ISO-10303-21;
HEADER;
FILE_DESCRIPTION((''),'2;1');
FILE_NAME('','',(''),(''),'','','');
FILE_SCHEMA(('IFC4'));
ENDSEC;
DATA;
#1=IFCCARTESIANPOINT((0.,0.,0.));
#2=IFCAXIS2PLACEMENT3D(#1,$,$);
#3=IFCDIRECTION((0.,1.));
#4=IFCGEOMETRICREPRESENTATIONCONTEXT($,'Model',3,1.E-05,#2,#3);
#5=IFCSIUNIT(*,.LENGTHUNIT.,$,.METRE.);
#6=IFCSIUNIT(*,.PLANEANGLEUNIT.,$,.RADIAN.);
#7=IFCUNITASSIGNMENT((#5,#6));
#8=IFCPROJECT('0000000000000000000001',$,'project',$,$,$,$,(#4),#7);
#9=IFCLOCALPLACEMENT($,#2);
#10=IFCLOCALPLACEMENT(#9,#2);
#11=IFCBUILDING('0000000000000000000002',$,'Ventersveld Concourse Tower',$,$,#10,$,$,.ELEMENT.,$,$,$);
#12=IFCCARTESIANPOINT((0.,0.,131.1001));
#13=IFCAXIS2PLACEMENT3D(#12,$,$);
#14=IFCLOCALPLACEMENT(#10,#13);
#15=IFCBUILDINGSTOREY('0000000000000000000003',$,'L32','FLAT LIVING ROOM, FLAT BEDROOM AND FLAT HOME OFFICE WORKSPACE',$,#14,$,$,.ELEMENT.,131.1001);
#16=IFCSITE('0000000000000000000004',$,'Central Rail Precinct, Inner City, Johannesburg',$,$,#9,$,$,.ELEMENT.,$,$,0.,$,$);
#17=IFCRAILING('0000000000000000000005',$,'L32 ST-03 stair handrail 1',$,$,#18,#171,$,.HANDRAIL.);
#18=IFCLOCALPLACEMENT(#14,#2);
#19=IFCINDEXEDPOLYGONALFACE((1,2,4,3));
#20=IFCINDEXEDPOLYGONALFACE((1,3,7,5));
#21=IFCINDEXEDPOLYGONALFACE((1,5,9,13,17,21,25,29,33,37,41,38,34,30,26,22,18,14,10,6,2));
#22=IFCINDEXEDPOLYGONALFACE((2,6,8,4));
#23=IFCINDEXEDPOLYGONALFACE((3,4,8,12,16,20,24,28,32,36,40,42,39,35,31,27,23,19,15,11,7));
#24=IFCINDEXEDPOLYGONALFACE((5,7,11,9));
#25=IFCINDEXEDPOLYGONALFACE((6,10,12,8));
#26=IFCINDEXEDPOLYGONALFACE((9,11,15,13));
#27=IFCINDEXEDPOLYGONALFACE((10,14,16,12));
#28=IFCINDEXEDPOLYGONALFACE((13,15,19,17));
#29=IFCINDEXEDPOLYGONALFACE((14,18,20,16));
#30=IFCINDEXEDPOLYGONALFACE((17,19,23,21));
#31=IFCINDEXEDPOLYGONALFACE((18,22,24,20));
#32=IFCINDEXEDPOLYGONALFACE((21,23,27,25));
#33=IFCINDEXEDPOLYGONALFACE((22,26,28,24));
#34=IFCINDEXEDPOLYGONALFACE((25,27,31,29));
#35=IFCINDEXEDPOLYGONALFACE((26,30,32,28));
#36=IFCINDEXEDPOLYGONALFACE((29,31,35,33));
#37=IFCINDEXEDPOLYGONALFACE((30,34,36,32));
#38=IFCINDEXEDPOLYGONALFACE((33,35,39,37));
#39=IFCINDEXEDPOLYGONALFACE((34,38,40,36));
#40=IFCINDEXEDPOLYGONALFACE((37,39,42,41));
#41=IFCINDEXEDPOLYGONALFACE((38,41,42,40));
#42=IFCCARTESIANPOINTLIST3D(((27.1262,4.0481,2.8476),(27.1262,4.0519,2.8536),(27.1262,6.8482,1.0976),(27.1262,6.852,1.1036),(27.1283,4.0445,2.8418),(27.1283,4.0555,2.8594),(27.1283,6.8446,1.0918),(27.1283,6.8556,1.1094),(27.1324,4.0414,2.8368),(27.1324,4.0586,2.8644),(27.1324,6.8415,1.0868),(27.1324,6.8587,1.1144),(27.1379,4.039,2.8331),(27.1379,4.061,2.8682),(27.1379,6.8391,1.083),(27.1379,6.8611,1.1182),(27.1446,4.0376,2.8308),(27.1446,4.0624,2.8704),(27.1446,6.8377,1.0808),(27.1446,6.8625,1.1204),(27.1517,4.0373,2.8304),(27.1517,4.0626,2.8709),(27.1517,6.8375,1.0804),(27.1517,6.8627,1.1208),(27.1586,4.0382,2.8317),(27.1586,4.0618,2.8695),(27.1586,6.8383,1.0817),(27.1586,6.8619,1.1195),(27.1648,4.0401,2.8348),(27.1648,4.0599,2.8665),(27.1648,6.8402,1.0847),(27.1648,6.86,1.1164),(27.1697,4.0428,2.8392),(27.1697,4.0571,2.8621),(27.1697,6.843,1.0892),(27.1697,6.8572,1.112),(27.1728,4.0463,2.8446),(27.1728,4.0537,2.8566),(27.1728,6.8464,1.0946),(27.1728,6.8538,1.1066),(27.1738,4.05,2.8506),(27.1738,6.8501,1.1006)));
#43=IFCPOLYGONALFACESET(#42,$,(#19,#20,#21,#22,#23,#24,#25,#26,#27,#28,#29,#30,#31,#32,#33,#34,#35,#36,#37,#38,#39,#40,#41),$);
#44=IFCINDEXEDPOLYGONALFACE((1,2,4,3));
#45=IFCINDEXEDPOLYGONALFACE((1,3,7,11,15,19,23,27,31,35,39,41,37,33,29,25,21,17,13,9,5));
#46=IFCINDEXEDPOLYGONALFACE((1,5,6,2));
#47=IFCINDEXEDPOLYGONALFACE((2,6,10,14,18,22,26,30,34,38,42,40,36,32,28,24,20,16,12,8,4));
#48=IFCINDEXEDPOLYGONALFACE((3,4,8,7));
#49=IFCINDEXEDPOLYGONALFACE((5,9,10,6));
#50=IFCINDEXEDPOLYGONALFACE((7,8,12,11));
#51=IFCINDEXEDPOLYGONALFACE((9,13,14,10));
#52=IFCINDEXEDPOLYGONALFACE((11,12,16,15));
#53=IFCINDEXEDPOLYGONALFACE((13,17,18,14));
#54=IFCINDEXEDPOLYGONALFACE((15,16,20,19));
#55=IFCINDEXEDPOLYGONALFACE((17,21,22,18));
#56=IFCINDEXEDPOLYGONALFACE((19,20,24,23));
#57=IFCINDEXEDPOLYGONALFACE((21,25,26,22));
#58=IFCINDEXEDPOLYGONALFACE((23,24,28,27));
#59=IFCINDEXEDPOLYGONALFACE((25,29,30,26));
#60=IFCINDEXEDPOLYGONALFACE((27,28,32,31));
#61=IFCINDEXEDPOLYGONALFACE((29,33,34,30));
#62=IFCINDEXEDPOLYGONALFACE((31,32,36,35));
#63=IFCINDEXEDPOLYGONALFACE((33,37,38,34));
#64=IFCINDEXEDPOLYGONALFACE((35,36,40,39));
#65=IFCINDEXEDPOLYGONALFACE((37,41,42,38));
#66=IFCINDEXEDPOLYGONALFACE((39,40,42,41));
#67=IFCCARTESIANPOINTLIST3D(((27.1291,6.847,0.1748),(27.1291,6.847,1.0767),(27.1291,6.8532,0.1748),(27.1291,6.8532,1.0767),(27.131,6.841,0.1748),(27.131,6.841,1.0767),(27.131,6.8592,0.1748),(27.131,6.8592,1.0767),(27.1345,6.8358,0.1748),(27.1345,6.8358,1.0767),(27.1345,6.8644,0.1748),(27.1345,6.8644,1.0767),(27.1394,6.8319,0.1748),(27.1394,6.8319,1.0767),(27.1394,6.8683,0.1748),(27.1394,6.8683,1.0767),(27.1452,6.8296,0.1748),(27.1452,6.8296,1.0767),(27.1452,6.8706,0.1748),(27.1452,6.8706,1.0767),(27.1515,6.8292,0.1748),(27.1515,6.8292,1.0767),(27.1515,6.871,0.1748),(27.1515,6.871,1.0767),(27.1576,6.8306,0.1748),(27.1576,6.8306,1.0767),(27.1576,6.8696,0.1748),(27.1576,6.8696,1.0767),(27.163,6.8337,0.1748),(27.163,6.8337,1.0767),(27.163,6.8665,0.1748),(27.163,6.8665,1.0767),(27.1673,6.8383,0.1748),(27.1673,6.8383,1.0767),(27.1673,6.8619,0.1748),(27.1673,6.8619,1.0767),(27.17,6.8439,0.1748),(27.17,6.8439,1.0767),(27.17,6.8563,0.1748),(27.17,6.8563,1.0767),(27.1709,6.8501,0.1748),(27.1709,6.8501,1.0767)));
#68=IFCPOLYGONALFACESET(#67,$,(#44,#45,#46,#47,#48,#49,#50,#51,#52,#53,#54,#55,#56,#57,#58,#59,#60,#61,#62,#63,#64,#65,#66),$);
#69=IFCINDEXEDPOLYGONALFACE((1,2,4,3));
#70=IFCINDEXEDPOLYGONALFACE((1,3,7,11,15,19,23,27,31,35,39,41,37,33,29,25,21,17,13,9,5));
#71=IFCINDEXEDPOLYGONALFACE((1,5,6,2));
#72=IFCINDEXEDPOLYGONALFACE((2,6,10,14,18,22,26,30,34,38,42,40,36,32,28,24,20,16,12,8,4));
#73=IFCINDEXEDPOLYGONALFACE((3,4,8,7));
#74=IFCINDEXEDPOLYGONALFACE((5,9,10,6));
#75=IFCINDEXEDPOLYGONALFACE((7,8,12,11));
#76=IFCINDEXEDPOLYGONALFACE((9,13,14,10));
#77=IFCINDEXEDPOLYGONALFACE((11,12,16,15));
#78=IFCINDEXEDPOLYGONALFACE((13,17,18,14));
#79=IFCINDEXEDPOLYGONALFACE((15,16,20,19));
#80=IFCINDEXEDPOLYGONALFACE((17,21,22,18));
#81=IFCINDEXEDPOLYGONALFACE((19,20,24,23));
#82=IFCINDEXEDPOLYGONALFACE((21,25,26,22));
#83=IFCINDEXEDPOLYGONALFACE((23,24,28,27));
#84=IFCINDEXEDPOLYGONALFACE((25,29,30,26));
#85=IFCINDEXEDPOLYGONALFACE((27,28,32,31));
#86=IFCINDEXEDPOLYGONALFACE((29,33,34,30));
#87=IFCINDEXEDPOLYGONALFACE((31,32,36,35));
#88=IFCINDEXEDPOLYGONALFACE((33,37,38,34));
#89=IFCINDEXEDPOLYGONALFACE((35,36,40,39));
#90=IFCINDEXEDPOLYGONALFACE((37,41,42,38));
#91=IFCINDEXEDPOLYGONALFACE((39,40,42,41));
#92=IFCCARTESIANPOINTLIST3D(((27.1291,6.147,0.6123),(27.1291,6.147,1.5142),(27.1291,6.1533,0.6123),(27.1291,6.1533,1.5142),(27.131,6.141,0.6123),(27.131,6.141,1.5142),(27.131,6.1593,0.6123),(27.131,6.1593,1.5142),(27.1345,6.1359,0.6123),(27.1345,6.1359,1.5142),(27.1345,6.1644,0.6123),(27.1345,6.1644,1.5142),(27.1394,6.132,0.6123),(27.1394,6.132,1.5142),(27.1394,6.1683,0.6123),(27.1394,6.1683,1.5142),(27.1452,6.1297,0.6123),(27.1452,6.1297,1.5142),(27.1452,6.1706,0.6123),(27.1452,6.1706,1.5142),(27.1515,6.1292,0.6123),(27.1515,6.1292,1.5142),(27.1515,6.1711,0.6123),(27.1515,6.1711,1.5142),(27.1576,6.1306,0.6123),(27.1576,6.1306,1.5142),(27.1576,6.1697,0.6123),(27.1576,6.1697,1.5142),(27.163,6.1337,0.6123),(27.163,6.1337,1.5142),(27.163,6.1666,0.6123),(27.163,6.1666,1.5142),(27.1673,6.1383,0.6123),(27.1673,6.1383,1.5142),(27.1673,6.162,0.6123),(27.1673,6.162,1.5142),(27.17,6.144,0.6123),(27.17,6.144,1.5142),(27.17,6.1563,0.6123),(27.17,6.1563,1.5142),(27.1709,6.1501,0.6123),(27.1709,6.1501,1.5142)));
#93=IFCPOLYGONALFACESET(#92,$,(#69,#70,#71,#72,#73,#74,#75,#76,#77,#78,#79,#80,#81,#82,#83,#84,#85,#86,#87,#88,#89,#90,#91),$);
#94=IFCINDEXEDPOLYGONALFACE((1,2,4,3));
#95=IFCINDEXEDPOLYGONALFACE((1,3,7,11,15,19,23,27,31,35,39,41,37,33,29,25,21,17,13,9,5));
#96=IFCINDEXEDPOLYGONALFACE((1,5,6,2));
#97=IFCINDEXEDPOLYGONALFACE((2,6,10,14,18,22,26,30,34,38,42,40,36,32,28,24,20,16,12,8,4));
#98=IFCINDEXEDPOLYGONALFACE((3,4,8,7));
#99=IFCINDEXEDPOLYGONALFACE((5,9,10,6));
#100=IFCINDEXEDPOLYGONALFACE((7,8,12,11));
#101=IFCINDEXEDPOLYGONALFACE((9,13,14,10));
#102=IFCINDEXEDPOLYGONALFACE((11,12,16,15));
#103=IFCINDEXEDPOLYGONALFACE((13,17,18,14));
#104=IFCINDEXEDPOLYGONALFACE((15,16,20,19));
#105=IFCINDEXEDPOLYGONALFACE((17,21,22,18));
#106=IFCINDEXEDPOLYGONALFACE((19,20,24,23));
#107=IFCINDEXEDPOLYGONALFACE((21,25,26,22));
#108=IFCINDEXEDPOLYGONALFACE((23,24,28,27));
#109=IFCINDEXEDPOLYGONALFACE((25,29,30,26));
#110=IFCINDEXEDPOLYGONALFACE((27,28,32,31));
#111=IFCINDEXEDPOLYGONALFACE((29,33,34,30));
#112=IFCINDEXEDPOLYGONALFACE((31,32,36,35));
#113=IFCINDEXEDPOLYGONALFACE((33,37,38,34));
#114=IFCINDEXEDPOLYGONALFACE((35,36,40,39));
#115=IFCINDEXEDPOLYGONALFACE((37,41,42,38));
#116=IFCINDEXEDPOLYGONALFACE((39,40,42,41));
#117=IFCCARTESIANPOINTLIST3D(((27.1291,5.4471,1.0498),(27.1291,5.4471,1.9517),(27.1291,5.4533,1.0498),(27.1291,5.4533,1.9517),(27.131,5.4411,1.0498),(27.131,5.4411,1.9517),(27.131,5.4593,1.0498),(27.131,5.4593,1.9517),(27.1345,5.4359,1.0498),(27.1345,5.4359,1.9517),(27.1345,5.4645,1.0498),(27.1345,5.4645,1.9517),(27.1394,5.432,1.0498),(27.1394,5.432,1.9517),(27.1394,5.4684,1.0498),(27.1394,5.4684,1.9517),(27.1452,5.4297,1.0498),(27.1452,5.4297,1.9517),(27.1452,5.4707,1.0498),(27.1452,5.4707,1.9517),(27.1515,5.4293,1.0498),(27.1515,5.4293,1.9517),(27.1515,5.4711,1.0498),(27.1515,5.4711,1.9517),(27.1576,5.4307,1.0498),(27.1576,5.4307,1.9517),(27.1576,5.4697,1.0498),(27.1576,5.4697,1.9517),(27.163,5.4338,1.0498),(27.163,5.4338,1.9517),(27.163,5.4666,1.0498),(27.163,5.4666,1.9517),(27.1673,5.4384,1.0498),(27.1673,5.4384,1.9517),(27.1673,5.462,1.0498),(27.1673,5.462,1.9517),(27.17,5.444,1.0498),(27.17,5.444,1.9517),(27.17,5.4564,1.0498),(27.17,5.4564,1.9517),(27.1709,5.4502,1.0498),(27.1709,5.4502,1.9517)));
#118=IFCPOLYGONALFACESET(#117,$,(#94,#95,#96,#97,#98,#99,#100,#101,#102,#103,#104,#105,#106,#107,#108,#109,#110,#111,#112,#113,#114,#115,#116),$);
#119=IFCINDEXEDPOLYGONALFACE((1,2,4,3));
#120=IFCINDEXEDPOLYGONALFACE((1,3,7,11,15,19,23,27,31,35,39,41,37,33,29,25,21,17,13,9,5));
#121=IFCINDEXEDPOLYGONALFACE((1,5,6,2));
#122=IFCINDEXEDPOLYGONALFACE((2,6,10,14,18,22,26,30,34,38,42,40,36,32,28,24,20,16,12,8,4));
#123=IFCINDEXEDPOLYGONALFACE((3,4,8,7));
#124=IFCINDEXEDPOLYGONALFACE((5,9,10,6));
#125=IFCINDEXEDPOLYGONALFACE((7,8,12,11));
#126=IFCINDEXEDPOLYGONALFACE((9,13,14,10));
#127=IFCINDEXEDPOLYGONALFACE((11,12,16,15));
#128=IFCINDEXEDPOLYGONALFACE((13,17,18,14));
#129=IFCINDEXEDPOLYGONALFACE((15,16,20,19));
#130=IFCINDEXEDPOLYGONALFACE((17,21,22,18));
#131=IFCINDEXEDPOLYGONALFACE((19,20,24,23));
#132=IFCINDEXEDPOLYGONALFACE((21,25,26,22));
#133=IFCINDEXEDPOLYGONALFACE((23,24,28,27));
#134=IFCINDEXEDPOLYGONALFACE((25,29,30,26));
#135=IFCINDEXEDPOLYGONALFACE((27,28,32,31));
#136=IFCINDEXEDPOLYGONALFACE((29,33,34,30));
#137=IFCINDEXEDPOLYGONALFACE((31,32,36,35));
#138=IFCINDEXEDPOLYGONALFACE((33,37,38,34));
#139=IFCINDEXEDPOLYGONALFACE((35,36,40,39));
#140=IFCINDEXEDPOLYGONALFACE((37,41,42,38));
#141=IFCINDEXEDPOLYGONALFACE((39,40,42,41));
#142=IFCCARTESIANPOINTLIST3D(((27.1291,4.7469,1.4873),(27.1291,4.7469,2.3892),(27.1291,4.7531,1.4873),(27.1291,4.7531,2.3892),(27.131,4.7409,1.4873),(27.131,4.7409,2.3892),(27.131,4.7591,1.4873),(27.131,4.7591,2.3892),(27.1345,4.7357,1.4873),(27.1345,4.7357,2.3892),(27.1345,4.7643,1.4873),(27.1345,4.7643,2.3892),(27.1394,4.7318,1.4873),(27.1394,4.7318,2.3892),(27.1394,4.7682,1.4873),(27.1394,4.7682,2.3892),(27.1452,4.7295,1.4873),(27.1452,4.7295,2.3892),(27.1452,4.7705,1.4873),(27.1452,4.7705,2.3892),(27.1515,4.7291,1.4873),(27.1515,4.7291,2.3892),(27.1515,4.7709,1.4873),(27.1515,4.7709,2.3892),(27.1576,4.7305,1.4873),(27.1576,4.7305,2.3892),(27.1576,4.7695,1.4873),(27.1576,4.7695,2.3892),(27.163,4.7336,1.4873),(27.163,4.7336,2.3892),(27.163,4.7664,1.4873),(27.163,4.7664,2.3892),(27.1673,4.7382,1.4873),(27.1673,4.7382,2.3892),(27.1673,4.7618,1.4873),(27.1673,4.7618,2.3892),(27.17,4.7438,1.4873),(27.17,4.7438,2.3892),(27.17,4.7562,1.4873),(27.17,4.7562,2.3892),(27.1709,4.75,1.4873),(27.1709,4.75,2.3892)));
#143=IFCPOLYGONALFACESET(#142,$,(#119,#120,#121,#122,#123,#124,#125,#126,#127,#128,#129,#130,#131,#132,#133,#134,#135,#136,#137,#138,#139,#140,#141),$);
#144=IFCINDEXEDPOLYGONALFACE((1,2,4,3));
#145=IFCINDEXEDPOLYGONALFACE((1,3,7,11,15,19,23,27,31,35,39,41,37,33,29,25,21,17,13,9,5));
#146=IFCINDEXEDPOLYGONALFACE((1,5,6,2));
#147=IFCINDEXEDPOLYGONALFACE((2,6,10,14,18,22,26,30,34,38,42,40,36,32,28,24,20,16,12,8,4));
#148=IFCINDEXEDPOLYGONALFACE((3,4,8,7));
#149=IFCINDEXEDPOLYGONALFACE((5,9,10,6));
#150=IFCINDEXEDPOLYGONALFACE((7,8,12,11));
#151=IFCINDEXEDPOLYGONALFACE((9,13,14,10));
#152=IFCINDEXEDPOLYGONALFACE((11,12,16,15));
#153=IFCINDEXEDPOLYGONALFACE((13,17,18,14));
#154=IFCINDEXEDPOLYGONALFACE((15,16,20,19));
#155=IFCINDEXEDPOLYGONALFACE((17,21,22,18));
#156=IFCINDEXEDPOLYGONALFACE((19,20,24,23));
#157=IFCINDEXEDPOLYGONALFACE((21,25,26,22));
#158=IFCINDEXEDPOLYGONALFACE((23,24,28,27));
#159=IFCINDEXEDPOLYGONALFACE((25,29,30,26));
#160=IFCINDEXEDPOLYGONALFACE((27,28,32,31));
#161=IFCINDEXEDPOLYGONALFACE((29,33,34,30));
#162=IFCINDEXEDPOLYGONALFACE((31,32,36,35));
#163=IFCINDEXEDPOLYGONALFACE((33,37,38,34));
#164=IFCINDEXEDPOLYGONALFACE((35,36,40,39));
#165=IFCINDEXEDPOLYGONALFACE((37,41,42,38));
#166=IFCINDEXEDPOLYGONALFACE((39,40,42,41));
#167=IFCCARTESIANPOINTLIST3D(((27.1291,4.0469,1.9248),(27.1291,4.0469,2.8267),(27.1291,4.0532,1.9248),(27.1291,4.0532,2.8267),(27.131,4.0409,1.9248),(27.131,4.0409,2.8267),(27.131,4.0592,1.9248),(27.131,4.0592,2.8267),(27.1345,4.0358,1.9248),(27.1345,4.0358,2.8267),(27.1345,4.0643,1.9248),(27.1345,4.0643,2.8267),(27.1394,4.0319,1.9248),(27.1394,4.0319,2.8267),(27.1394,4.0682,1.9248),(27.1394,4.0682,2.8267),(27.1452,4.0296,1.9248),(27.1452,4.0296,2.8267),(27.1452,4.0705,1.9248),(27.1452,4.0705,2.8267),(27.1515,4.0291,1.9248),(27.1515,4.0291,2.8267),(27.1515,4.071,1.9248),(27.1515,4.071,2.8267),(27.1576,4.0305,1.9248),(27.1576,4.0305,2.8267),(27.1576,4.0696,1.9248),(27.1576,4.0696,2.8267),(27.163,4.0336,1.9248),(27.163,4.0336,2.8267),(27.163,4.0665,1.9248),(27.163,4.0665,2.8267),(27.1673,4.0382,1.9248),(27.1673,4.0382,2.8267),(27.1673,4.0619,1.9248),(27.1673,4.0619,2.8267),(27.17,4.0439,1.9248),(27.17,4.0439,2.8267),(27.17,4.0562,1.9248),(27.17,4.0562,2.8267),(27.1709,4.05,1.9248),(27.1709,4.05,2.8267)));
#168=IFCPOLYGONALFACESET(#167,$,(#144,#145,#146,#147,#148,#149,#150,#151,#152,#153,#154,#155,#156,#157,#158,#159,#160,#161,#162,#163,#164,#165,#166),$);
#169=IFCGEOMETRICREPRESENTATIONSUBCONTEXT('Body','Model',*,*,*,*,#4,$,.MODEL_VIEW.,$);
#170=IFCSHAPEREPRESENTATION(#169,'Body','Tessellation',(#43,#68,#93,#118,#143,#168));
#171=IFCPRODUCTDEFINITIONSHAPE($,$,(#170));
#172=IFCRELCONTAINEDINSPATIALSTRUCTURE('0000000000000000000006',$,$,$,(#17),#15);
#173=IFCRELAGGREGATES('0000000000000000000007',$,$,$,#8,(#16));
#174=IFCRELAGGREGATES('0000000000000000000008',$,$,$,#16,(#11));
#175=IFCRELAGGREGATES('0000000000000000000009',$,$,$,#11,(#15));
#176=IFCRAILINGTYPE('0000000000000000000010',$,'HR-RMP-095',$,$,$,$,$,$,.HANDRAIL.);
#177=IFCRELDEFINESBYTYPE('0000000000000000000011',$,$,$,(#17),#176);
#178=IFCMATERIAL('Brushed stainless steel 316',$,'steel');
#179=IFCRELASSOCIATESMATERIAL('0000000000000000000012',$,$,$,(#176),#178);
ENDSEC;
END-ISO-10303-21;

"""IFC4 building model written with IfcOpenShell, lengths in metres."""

from ifc_helpers import new_model, si_unit, direction, frame, origin, origin_2d, place, context, subcontext, project, spatial, circle, extrude, material, type_object, element, save


model = new_model("IFC4")

# Units and contexts
model_context = context("Model", 3, precision=1e-05, world=origin(), true_north=direction((0.0, 1.0)))
body_context = subcontext(model_context, "Body", "Model", "MODEL_VIEW")
ifc_project = project(units=[si_unit("LENGTHUNIT", "METRE"), si_unit("PLANEANGLEUNIT", "RADIAN")], contexts=[model_context])

# Site, building, storey
site_placement = place(None, origin())
site = spatial("IfcSite", under=ifc_project, at=site_placement, Name="Central Rail Precinct, Inner City, Johannesburg", CompositionType="ELEMENT", RefElevation=0.0)
building_placement = place(site_placement, origin())
building = spatial("IfcBuilding", under=site, at=building_placement, Name="Ventersveld Concourse Tower", CompositionType="ELEMENT")
storey_placement = place(building_placement, frame((0.0, 0.0, 131.1001)))
storey = spatial("IfcBuildingStorey", under=building, at=storey_placement, Name="L32", Description="FLAT LIVING ROOM, FLAT BEDROOM AND FLAT HOME OFFICE WORKSPACE", CompositionType="ELEMENT", Elevation=131.1001)

# Shared definitions
ifc_material_1 = material(Name="Brushed stainless steel 316", Category="steel")

# Railing
railing_type_1 = type_object("IfcRailingType", Name="HR-RMP-095", PredefinedType="HANDRAIL", material=ifc_material_1)
railing_1_placement = place(storey_placement, frame((27.1499, 6.8501, 0.1748)))
element("IfcRailing", 1, at=railing_1_placement, inside=storey, type_object=railing_type_1, Name="L32 ST-03 stair handrail 1", PredefinedType="HANDRAIL", context=body_context, shape_type="SweptSolid", body=[
    extrude(circle(Radius=0.0239, at=origin_2d()), frame((0.0, 0.0, 0.9258), z_axis=(0.0, -0.848002, 0.529992), x_axis=(1.0, 0.0, 0.0)), (0.0, 0.0, 1.0), 3.302),
    extrude(circle(Radius=0.021, at=origin_2d()), origin(), (0.0, 0.0, 1.0), 0.9019),
    extrude(circle(Radius=0.021, at=origin_2d()), frame((0.0, -0.7, 0.4375)), (0.0, 0.0, 1.0), 0.9019),
    extrude(circle(Radius=0.021, at=origin_2d()), frame((0.0, -1.3999, 0.875)), (0.0, 0.0, 1.0), 0.9019),
    extrude(circle(Radius=0.021, at=origin_2d()), frame((0.0, -2.1001, 1.3125)), (0.0, 0.0, 1.0), 0.9019),
    extrude(circle(Radius=0.021, at=origin_2d()), frame((0.0, -2.8, 1.75)), (0.0, 0.0, 1.0), 0.9019),
])

save(model, "model.ifc")
